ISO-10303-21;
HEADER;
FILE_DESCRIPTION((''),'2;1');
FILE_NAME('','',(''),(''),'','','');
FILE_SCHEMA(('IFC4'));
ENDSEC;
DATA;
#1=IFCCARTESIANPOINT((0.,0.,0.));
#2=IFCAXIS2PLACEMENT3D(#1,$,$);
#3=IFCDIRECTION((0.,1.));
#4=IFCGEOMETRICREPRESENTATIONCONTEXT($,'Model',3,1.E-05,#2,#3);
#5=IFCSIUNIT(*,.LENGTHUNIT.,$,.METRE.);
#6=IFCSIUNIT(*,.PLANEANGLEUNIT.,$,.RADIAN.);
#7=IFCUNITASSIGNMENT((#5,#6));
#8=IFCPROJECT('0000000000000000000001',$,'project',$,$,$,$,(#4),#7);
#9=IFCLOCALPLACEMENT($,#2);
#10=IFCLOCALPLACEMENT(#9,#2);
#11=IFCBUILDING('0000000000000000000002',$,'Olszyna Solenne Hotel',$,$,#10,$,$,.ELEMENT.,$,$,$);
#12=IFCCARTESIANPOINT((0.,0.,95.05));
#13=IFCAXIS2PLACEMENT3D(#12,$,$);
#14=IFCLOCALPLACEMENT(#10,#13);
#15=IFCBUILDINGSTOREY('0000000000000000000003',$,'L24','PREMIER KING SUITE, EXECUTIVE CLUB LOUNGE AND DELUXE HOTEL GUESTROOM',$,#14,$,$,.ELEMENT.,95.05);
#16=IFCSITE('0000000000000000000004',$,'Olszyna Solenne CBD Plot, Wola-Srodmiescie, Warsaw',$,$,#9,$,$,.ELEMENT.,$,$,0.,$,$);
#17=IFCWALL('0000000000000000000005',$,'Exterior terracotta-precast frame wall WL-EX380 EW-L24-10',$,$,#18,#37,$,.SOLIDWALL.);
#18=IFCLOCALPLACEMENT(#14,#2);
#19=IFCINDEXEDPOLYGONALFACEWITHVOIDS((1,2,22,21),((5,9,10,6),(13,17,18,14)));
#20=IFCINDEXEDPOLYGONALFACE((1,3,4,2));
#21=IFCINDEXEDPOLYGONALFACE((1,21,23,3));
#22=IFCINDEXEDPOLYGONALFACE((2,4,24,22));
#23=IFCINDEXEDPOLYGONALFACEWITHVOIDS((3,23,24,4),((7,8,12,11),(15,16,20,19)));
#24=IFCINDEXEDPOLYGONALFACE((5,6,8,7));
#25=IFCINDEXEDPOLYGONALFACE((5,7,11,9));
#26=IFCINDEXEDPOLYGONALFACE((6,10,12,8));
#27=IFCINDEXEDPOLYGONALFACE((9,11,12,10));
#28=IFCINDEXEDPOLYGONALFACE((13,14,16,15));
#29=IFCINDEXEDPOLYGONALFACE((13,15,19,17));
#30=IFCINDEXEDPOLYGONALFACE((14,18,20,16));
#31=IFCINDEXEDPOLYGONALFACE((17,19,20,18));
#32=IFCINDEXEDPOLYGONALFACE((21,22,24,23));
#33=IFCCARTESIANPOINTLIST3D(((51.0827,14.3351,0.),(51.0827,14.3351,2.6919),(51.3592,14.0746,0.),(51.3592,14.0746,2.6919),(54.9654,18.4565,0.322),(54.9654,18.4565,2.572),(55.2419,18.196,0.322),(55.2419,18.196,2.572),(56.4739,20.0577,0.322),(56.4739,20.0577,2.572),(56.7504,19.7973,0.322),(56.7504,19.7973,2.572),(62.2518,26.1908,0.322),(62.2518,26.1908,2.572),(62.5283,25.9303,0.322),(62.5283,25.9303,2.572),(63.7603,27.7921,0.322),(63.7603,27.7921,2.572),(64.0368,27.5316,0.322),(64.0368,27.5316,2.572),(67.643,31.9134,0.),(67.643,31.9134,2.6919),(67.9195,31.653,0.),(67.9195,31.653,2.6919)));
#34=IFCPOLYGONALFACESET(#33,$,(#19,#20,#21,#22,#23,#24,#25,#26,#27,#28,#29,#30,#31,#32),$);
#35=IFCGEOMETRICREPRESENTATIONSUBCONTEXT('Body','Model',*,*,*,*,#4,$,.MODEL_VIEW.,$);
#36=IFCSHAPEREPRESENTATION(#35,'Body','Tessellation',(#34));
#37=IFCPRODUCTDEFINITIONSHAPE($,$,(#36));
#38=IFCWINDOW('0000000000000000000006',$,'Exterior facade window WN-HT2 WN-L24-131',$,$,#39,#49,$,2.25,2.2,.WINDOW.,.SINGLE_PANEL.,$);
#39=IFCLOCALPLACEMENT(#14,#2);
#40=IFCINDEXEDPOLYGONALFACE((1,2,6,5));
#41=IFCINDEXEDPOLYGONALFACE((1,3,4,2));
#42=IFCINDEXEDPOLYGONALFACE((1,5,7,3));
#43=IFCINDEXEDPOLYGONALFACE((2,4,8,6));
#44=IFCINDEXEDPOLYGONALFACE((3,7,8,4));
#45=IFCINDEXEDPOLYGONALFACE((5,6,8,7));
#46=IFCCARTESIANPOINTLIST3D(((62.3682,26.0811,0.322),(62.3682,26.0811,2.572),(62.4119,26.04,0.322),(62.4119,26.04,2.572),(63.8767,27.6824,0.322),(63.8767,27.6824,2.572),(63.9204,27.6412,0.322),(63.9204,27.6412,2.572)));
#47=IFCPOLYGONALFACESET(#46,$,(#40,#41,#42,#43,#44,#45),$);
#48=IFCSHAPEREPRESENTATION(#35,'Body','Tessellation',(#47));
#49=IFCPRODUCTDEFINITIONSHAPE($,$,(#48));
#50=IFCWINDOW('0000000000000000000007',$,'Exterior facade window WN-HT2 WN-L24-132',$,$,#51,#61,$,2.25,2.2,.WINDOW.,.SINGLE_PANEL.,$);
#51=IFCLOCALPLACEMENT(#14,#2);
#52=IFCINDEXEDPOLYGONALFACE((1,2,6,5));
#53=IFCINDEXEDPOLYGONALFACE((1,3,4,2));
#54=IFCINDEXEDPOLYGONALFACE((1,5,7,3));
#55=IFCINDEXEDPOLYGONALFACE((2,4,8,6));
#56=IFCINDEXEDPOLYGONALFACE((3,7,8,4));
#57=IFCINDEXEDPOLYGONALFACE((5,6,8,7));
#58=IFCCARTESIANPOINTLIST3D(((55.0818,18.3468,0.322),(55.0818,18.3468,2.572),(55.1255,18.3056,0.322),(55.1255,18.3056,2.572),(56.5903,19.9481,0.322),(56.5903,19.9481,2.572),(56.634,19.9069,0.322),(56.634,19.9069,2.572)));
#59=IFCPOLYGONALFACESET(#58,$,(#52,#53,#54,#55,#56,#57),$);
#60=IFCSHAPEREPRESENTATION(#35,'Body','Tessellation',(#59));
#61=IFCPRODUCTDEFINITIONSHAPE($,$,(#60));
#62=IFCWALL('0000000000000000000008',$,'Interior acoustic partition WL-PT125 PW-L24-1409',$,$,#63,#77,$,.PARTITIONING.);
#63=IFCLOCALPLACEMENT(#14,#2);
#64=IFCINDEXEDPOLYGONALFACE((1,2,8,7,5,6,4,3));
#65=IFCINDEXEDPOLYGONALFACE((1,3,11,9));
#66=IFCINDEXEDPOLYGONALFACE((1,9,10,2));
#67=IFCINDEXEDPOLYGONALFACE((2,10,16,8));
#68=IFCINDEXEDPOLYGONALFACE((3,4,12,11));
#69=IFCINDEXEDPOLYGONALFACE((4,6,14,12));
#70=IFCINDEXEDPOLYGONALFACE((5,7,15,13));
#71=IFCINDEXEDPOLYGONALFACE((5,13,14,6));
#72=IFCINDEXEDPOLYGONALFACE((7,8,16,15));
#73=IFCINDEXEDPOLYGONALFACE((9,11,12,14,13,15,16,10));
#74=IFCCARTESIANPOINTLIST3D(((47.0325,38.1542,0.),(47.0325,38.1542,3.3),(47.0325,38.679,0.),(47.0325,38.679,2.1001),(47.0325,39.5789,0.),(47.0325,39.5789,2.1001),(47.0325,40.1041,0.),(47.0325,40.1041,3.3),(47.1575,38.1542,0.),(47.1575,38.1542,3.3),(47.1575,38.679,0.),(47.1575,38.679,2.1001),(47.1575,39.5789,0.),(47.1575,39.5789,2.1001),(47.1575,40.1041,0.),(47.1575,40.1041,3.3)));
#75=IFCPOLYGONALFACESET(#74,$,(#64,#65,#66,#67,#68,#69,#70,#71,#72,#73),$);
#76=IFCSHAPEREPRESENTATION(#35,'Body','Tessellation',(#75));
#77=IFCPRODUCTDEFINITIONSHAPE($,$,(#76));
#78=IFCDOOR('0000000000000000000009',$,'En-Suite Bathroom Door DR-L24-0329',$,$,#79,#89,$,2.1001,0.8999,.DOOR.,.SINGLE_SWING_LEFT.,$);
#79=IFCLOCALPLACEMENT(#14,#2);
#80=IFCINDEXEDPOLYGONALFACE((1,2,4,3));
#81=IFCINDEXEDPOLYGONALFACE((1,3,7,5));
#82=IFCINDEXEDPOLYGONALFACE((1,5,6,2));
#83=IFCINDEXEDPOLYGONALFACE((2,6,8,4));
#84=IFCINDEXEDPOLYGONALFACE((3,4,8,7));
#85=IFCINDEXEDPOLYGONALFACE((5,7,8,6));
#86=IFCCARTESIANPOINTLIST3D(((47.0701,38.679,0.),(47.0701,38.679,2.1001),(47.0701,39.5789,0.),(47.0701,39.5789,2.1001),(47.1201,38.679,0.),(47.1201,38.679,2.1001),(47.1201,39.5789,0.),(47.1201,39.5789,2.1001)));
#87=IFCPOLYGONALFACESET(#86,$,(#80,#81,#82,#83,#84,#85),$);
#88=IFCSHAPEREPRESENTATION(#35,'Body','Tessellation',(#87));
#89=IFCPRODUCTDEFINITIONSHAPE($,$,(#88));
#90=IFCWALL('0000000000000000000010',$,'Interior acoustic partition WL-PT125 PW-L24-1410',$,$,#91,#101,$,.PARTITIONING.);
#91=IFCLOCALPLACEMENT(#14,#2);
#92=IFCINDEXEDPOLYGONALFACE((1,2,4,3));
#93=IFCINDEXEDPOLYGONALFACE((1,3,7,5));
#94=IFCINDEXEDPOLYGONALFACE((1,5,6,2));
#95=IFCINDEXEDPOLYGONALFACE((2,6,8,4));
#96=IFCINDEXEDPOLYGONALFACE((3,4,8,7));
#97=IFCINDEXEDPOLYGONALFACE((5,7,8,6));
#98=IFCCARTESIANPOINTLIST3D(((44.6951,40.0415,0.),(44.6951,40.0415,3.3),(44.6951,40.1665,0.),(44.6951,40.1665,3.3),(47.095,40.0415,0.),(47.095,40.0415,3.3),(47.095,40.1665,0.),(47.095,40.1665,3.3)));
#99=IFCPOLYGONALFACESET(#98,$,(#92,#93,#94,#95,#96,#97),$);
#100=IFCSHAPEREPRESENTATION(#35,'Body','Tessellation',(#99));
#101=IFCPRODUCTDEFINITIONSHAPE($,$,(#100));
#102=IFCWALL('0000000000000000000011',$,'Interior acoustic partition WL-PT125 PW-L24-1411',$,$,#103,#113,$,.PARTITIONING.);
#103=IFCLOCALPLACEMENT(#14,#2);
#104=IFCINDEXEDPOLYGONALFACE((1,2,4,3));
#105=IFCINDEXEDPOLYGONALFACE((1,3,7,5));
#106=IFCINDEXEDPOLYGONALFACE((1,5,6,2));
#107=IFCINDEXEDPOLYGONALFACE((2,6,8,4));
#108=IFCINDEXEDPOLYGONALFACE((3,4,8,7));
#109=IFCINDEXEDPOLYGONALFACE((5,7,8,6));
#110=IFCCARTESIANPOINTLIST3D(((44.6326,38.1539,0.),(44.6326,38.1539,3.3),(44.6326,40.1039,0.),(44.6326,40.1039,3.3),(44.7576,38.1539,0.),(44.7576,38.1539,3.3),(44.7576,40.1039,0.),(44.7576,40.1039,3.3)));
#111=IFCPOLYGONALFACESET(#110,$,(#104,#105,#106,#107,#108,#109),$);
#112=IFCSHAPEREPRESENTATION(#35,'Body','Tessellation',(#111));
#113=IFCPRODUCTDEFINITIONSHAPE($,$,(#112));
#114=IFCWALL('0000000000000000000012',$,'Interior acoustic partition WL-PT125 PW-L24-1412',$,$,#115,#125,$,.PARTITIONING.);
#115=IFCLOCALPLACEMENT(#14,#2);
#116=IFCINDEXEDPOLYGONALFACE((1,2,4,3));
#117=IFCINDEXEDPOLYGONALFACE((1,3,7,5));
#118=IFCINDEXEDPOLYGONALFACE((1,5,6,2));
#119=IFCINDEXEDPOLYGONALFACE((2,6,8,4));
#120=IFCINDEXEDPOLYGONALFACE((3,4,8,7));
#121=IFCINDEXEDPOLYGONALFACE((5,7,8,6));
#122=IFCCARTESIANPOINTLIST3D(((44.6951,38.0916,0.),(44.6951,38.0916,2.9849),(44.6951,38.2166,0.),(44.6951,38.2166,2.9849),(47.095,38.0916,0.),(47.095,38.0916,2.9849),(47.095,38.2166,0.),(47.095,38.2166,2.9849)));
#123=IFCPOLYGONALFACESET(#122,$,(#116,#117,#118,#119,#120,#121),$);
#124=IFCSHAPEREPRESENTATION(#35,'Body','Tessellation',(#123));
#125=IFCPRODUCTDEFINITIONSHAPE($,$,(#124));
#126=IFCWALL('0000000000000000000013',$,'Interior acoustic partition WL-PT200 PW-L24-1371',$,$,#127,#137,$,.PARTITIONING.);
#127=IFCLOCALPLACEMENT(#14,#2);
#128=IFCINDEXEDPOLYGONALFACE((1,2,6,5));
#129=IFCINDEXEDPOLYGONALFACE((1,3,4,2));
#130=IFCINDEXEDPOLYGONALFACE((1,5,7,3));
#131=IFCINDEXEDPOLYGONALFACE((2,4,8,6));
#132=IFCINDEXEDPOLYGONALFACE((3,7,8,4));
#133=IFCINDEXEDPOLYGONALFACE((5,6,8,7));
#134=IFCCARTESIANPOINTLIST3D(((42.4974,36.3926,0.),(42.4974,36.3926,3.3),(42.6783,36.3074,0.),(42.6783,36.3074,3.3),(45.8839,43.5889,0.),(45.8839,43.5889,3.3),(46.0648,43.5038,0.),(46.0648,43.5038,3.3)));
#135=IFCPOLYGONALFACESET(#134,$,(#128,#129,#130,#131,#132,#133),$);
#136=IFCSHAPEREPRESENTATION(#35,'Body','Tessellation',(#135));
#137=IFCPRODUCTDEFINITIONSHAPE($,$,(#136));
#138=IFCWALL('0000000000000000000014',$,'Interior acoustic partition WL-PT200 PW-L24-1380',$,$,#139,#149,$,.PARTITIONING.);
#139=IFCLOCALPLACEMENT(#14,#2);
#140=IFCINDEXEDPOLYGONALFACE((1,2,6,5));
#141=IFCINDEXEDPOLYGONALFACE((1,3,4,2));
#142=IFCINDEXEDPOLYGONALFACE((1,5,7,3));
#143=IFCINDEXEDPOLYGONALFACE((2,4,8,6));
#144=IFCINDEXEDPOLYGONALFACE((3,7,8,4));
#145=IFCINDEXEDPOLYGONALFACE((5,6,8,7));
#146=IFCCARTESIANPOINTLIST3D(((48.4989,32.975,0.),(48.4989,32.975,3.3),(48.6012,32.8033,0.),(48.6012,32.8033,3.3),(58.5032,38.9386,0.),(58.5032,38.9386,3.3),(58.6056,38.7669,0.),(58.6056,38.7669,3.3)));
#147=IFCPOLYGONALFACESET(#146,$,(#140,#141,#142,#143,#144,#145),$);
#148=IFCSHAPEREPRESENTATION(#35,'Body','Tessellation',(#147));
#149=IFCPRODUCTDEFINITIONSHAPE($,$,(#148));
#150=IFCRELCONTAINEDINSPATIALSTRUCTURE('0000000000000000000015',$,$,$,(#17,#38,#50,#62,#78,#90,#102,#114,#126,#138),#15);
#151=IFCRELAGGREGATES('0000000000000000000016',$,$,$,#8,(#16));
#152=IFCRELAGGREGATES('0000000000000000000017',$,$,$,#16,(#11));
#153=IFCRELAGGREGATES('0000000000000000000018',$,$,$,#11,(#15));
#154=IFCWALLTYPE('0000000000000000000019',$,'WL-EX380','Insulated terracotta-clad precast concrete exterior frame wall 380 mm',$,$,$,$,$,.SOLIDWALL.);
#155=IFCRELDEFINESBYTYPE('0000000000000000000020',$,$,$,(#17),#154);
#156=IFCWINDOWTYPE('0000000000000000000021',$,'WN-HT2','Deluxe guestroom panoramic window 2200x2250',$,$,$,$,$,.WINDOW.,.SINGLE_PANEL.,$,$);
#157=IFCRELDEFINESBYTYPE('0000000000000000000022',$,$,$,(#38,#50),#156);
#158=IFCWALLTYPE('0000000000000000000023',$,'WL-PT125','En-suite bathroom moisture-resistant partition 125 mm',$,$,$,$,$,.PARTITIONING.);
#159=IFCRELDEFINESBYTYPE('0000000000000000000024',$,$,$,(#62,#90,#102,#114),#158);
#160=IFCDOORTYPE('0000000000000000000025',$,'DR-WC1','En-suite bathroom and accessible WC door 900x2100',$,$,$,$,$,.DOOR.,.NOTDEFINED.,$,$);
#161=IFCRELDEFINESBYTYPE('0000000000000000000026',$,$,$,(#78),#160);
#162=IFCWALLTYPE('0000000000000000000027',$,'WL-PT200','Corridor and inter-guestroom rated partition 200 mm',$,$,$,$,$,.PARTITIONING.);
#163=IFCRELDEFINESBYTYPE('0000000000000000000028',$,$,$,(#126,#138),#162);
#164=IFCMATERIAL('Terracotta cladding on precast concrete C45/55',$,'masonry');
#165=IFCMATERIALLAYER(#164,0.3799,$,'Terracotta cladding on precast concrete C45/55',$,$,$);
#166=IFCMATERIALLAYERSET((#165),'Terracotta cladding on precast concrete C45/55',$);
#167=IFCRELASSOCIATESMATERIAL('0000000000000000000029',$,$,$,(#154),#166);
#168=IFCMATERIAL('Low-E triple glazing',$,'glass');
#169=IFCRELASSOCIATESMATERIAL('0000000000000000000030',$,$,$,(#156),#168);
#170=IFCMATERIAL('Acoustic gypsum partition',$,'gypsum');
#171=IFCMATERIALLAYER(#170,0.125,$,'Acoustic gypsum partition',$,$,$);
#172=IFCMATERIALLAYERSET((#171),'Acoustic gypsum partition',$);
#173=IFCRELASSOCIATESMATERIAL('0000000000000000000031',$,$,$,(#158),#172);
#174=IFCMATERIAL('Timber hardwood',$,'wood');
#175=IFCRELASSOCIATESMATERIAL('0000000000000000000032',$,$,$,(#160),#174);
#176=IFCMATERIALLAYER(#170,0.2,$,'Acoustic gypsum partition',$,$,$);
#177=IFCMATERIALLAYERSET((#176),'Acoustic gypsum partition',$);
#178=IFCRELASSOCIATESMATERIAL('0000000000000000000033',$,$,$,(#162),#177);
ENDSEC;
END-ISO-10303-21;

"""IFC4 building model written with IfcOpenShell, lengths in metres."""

from ifc_helpers import new_model, si_unit, direction, frame, frame_2d, origin, place, context, subcontext, project, spatial, rectangle, extrude, source, transform, mapped, material, layer, layer_set, type_object, type_shapes, element, fill, save


model = new_model("IFC4")

# Units and contexts
model_context = context("Model", 3, precision=1e-05, world=origin(), true_north=direction((0.0, 1.0)))
body_context = subcontext(model_context, "Body", "Model", "MODEL_VIEW")
ifc_project = project(units=[si_unit("LENGTHUNIT", "METRE"), si_unit("PLANEANGLEUNIT", "RADIAN")], contexts=[model_context])

# Site, building, storey
site_placement = place(None, origin())
site = spatial("IfcSite", under=ifc_project, at=site_placement, Name="Olszyna Solenne CBD Plot, Wola-Srodmiescie, Warsaw", CompositionType="ELEMENT", RefElevation=0.0)
building_placement = place(site_placement, origin())
building = spatial("IfcBuilding", under=site, at=building_placement, Name="Olszyna Solenne Hotel", CompositionType="ELEMENT")
storey_placement = place(building_placement, frame((0.0, 0.0, 95.05)))
storey = spatial("IfcBuildingStorey", under=building, at=storey_placement, Name="L24", Description="PREMIER KING SUITE, EXECUTIVE CLUB LOUNGE AND DELUXE HOTEL GUESTROOM", CompositionType="ELEMENT", Elevation=95.05)

# Shared definitions
ifc_material_1 = material(Name="Low-E triple glazing", Category="glass")

# Shared definitions
ifc_material_2 = material(Name="Timber hardwood", Category="wood")

# Shared definitions
ifc_material_3 = material(Name="Terracotta cladding on precast concrete C45/55", Category="masonry")
ifc_layer_1 = layer(ifc_material_3, 0.3799, Name="Terracotta cladding on precast concrete C45/55")
ifc_layer_set_1 = layer_set([ifc_layer_1], Name="Terracotta cladding on precast concrete C45/55")
wall_type_1 = type_object("IfcWallType", Name="WL-EX380", Description="Insulated terracotta-clad precast concrete exterior frame wall 380 mm", PredefinedType="SOLIDWALL", material=ifc_layer_set_1)

# Wall, openings, windows
wall_1_placement = place(storey_placement, frame((67.7812, 31.7832, 0.0), z_axis=(0.0, 0.0, 1.0), x_axis=(-0.685715, -0.72787, 0.0)))
wall_1 = element("IfcWall", 1, at=wall_1_placement, inside=storey, type_object=wall_type_1, Name="Exterior terracotta-precast frame wall WL-EX380 EW-L24-10", PredefinedType="SOLIDWALL", context=body_context, shape_type="SweptSolid", body=[
    extrude(rectangle(XDim=24.1504, YDim=0.3799, at=frame_2d((12.0752, 0.0))), origin(), (0.0, 0.0, 1.0), 2.6919),
])
opening_1_placement = place(wall_1_placement, frame((5.6621, 0.0, 0.322)))
opening_1 = element("IfcOpeningElement", 2, at=opening_1_placement, cuts=wall_1, PredefinedType="OPENING", context=body_context, shape_type="SweptSolid", body=[
    extrude(rectangle(XDim=2.2, YDim=2.25, at=frame_2d((1.1001, 1.125))), frame((0.0, 0.2, 0.0), z_axis=(0.0, -1.0, 0.0), x_axis=(1.0, 0.0, 0.0)), (0.0, 0.0, 1.0), 0.3999),
])
opening_2_placement = place(wall_1_placement, frame((16.2881, 0.0, 0.322)))
opening_2 = element("IfcOpeningElement", 3, at=opening_2_placement, cuts=wall_1, PredefinedType="OPENING", context=body_context, shape_type="SweptSolid", body=[
    extrude(rectangle(XDim=2.2, YDim=2.25, at=frame_2d((1.1001, 1.125))), frame((0.0, 0.2, 0.0), z_axis=(0.0, -1.0, 0.0), x_axis=(1.0, 0.0, 0.0)), (0.0, 0.0, 1.0), 0.3999),
])
window_type_1 = type_object("IfcWindowType", Name="WN-HT2", Description="Deluxe guestroom panoramic window 2200x2250", PartitioningType="SINGLE_PANEL", PredefinedType="WINDOW", material=ifc_material_1)
shared_shape_1 = source(origin(), body_context, "Body", "SweptSolid", [
    extrude(rectangle(XDim=2.2, YDim=2.25, at=frame_2d((1.1001, 1.125))), frame((0.0, 0.03, 0.0), z_axis=(0.0, -1.0, 0.0), x_axis=(1.0, 0.0, 0.0)), (0.0, 0.0, 1.0), 0.0601),
])
type_shapes(window_type_1, [shared_shape_1])
window_1_placement = place(opening_1_placement, origin())
window_1 = element("IfcWindow", 4, at=window_1_placement, inside=storey, type_object=window_type_1, Name="Exterior facade window WN-HT2 WN-L24-131", OverallHeight=2.25, OverallWidth=2.2, PartitioningType="SINGLE_PANEL", PredefinedType="WINDOW", context=body_context, shape_type="MappedRepresentation", body=[
    mapped(shared_shape_1, transform((0.0, 0.0, 0.0), x_axis=(1.0, 0.0, 0.0), y_axis=(0.0, 1.0, 0.0), z_axis=(0.0, 0.0, 1.0), scale=1.0)),
])
fill(opening_1, window_1)
window_2_placement = place(opening_2_placement, origin())
window_2 = element("IfcWindow", 5, at=window_2_placement, inside=storey, type_object=window_type_1, Name="Exterior facade window WN-HT2 WN-L24-132", OverallHeight=2.25, OverallWidth=2.2, PartitioningType="SINGLE_PANEL", PredefinedType="WINDOW", context=body_context, shape_type="MappedRepresentation", body=[
    mapped(shared_shape_1, transform((0.0, 0.0, 0.0), x_axis=(1.0, 0.0, 0.0), y_axis=(0.0, 1.0, 0.0), z_axis=(0.0, 0.0, 1.0), scale=1.0)),
])
fill(opening_2, window_2)

# Wall, opening, door
ifc_material_4 = material(Name="Acoustic gypsum partition", Category="gypsum")
ifc_layer_2 = layer(ifc_material_4, 0.125, Name="Acoustic gypsum partition")
ifc_layer_set_2 = layer_set([ifc_layer_2], Name="Acoustic gypsum partition")
wall_type_2 = type_object("IfcWallType", Name="WL-PT125", Description="En-suite bathroom moisture-resistant partition 125 mm", PredefinedType="PARTITIONING", material=ifc_layer_set_2)
wall_2_placement = place(storey_placement, frame((47.095, 38.1541, 0.0), z_axis=(0.0, 0.0, 1.0), x_axis=(0.0, 1.0, 0.0)))
wall_2 = element("IfcWall", 6, at=wall_2_placement, inside=storey, type_object=wall_type_2, Name="Interior acoustic partition WL-PT125 PW-L24-1409", PredefinedType="PARTITIONING", context=body_context, shape_type="SweptSolid", body=[
    extrude(rectangle(XDim=1.95, YDim=0.125, at=frame_2d((0.9751, 0.0))), origin(), (0.0, 0.0, 1.0), 3.3),
])
opening_3_placement = place(wall_2_placement, frame((0.5249, 0.0, 0.0)))
opening_3 = element("IfcOpeningElement", 7, at=opening_3_placement, cuts=wall_2, PredefinedType="OPENING", context=body_context, shape_type="SweptSolid", body=[
    extrude(rectangle(XDim=0.8999, YDim=2.1001, at=frame_2d((0.45, 1.05))), frame((0.0, 0.0725, 0.0), z_axis=(0.0, -1.0, 0.0), x_axis=(1.0, 0.0, 0.0)), (0.0, 0.0, 1.0), 0.145),
])
door_type_1 = type_object("IfcDoorType", Name="DR-WC1", Description="En-suite bathroom and accessible WC door 900x2100", OperationType="NOTDEFINED", PredefinedType="DOOR", material=ifc_material_2)
shared_shape_2 = source(origin(), body_context, "Body", "SweptSolid", [
    extrude(rectangle(XDim=0.8999, YDim=2.1001, at=frame_2d((0.45, 1.05))), frame((0.0, 0.0249, 0.0), z_axis=(0.0, -1.0, 0.0), x_axis=(1.0, 0.0, 0.0)), (0.0, 0.0, 1.0), 0.05),
])
type_shapes(door_type_1, [shared_shape_2])
door_1_placement = place(opening_3_placement, origin())
door_1 = element("IfcDoor", 8, at=door_1_placement, inside=storey, type_object=door_type_1, Name="En-Suite Bathroom Door DR-L24-0329", OperationType="SINGLE_SWING_LEFT", OverallHeight=2.1001, OverallWidth=0.8999, PredefinedType="DOOR", context=body_context, shape_type="MappedRepresentation", body=[
    mapped(shared_shape_2, transform((0.0, 0.0, 0.0), x_axis=(1.0, 0.0, 0.0), y_axis=(0.0, 1.0, 0.0), z_axis=(0.0, 0.0, 1.0), scale=1.0)),
])
fill(opening_3, door_1)

# Walls
wall_3_placement = place(storey_placement, frame((47.095, 40.104, 0.0), z_axis=(0.0, 0.0, 1.0), x_axis=(-1.0, 0.0, 0.0)))
element("IfcWall", 9, at=wall_3_placement, inside=storey, type_object=wall_type_2, Name="Interior acoustic partition WL-PT125 PW-L24-1410", PredefinedType="PARTITIONING", context=body_context, shape_type="SweptSolid", body=[
    extrude(rectangle(XDim=2.3999, YDim=0.125, at=frame_2d((1.2, 0.0))), origin(), (0.0, 0.0, 1.0), 3.3),
])
wall_4_placement = place(storey_placement, frame((44.6951, 40.104, 0.0), z_axis=(0.0, 0.0, 1.0), x_axis=(0.0, -1.0, 0.0)))
element("IfcWall", 10, at=wall_4_placement, inside=storey, type_object=wall_type_2, Name="Interior acoustic partition WL-PT125 PW-L24-1411", PredefinedType="PARTITIONING", context=body_context, shape_type="SweptSolid", body=[
    extrude(rectangle(XDim=1.95, YDim=0.125, at=frame_2d((0.9751, 0.0))), origin(), (0.0, 0.0, 1.0), 3.3),
])
wall_5_placement = place(storey_placement, frame((44.6951, 38.1541, 0.0), z_axis=(0.0, 0.0, 1.0), x_axis=(1.0, 0.0, 0.0)))
element("IfcWall", 11, at=wall_5_placement, inside=storey, type_object=wall_type_2, Name="Interior acoustic partition WL-PT125 PW-L24-1412", PredefinedType="PARTITIONING", context=body_context, shape_type="SweptSolid", body=[
    extrude(rectangle(XDim=2.3999, YDim=0.125, at=frame_2d((1.2, 0.0))), origin(), (0.0, 0.0, 1.0), 2.9849),
])
ifc_layer_3 = layer(ifc_material_4, 0.2, Name="Acoustic gypsum partition")
ifc_layer_set_3 = layer_set([ifc_layer_3], Name="Acoustic gypsum partition")
wall_type_3 = type_object("IfcWallType", Name="WL-PT200", Description="Corridor and inter-guestroom rated partition 200 mm", PredefinedType="PARTITIONING", material=ifc_layer_set_3)
wall_6_placement = place(storey_placement, frame((42.5879, 36.3501, 0.0), z_axis=(0.0, 0.0, 1.0), x_axis=(0.425796, 0.904819, 0.0)))
element("IfcWall", 12, at=wall_6_placement, inside=storey, type_object=wall_type_3, Name="Interior acoustic partition WL-PT200 PW-L24-1371", PredefinedType="PARTITIONING", context=body_context, shape_type="SweptSolid", body=[
    extrude(rectangle(XDim=7.9534, YDim=0.2, at=frame_2d((3.9766, 0.0))), origin(), (0.0, 0.0, 1.0), 3.3),
])
wall_7_placement = place(storey_placement, frame((48.55, 32.8892, 0.0), z_axis=(0.0, 0.0, 1.0), x_axis=(0.858967, 0.512031, 0.0)))
element("IfcWall", 13, at=wall_7_placement, inside=storey, type_object=wall_type_3, Name="Interior acoustic partition WL-PT200 PW-L24-1380", PredefinedType="PARTITIONING", context=body_context, shape_type="SweptSolid", body=[
    extrude(rectangle(XDim=11.647, YDim=0.2, at=frame_2d((5.8235, 0.0))), origin(), (0.0, 0.0, 1.0), 3.3),
])

save(model, "model.ifc")
